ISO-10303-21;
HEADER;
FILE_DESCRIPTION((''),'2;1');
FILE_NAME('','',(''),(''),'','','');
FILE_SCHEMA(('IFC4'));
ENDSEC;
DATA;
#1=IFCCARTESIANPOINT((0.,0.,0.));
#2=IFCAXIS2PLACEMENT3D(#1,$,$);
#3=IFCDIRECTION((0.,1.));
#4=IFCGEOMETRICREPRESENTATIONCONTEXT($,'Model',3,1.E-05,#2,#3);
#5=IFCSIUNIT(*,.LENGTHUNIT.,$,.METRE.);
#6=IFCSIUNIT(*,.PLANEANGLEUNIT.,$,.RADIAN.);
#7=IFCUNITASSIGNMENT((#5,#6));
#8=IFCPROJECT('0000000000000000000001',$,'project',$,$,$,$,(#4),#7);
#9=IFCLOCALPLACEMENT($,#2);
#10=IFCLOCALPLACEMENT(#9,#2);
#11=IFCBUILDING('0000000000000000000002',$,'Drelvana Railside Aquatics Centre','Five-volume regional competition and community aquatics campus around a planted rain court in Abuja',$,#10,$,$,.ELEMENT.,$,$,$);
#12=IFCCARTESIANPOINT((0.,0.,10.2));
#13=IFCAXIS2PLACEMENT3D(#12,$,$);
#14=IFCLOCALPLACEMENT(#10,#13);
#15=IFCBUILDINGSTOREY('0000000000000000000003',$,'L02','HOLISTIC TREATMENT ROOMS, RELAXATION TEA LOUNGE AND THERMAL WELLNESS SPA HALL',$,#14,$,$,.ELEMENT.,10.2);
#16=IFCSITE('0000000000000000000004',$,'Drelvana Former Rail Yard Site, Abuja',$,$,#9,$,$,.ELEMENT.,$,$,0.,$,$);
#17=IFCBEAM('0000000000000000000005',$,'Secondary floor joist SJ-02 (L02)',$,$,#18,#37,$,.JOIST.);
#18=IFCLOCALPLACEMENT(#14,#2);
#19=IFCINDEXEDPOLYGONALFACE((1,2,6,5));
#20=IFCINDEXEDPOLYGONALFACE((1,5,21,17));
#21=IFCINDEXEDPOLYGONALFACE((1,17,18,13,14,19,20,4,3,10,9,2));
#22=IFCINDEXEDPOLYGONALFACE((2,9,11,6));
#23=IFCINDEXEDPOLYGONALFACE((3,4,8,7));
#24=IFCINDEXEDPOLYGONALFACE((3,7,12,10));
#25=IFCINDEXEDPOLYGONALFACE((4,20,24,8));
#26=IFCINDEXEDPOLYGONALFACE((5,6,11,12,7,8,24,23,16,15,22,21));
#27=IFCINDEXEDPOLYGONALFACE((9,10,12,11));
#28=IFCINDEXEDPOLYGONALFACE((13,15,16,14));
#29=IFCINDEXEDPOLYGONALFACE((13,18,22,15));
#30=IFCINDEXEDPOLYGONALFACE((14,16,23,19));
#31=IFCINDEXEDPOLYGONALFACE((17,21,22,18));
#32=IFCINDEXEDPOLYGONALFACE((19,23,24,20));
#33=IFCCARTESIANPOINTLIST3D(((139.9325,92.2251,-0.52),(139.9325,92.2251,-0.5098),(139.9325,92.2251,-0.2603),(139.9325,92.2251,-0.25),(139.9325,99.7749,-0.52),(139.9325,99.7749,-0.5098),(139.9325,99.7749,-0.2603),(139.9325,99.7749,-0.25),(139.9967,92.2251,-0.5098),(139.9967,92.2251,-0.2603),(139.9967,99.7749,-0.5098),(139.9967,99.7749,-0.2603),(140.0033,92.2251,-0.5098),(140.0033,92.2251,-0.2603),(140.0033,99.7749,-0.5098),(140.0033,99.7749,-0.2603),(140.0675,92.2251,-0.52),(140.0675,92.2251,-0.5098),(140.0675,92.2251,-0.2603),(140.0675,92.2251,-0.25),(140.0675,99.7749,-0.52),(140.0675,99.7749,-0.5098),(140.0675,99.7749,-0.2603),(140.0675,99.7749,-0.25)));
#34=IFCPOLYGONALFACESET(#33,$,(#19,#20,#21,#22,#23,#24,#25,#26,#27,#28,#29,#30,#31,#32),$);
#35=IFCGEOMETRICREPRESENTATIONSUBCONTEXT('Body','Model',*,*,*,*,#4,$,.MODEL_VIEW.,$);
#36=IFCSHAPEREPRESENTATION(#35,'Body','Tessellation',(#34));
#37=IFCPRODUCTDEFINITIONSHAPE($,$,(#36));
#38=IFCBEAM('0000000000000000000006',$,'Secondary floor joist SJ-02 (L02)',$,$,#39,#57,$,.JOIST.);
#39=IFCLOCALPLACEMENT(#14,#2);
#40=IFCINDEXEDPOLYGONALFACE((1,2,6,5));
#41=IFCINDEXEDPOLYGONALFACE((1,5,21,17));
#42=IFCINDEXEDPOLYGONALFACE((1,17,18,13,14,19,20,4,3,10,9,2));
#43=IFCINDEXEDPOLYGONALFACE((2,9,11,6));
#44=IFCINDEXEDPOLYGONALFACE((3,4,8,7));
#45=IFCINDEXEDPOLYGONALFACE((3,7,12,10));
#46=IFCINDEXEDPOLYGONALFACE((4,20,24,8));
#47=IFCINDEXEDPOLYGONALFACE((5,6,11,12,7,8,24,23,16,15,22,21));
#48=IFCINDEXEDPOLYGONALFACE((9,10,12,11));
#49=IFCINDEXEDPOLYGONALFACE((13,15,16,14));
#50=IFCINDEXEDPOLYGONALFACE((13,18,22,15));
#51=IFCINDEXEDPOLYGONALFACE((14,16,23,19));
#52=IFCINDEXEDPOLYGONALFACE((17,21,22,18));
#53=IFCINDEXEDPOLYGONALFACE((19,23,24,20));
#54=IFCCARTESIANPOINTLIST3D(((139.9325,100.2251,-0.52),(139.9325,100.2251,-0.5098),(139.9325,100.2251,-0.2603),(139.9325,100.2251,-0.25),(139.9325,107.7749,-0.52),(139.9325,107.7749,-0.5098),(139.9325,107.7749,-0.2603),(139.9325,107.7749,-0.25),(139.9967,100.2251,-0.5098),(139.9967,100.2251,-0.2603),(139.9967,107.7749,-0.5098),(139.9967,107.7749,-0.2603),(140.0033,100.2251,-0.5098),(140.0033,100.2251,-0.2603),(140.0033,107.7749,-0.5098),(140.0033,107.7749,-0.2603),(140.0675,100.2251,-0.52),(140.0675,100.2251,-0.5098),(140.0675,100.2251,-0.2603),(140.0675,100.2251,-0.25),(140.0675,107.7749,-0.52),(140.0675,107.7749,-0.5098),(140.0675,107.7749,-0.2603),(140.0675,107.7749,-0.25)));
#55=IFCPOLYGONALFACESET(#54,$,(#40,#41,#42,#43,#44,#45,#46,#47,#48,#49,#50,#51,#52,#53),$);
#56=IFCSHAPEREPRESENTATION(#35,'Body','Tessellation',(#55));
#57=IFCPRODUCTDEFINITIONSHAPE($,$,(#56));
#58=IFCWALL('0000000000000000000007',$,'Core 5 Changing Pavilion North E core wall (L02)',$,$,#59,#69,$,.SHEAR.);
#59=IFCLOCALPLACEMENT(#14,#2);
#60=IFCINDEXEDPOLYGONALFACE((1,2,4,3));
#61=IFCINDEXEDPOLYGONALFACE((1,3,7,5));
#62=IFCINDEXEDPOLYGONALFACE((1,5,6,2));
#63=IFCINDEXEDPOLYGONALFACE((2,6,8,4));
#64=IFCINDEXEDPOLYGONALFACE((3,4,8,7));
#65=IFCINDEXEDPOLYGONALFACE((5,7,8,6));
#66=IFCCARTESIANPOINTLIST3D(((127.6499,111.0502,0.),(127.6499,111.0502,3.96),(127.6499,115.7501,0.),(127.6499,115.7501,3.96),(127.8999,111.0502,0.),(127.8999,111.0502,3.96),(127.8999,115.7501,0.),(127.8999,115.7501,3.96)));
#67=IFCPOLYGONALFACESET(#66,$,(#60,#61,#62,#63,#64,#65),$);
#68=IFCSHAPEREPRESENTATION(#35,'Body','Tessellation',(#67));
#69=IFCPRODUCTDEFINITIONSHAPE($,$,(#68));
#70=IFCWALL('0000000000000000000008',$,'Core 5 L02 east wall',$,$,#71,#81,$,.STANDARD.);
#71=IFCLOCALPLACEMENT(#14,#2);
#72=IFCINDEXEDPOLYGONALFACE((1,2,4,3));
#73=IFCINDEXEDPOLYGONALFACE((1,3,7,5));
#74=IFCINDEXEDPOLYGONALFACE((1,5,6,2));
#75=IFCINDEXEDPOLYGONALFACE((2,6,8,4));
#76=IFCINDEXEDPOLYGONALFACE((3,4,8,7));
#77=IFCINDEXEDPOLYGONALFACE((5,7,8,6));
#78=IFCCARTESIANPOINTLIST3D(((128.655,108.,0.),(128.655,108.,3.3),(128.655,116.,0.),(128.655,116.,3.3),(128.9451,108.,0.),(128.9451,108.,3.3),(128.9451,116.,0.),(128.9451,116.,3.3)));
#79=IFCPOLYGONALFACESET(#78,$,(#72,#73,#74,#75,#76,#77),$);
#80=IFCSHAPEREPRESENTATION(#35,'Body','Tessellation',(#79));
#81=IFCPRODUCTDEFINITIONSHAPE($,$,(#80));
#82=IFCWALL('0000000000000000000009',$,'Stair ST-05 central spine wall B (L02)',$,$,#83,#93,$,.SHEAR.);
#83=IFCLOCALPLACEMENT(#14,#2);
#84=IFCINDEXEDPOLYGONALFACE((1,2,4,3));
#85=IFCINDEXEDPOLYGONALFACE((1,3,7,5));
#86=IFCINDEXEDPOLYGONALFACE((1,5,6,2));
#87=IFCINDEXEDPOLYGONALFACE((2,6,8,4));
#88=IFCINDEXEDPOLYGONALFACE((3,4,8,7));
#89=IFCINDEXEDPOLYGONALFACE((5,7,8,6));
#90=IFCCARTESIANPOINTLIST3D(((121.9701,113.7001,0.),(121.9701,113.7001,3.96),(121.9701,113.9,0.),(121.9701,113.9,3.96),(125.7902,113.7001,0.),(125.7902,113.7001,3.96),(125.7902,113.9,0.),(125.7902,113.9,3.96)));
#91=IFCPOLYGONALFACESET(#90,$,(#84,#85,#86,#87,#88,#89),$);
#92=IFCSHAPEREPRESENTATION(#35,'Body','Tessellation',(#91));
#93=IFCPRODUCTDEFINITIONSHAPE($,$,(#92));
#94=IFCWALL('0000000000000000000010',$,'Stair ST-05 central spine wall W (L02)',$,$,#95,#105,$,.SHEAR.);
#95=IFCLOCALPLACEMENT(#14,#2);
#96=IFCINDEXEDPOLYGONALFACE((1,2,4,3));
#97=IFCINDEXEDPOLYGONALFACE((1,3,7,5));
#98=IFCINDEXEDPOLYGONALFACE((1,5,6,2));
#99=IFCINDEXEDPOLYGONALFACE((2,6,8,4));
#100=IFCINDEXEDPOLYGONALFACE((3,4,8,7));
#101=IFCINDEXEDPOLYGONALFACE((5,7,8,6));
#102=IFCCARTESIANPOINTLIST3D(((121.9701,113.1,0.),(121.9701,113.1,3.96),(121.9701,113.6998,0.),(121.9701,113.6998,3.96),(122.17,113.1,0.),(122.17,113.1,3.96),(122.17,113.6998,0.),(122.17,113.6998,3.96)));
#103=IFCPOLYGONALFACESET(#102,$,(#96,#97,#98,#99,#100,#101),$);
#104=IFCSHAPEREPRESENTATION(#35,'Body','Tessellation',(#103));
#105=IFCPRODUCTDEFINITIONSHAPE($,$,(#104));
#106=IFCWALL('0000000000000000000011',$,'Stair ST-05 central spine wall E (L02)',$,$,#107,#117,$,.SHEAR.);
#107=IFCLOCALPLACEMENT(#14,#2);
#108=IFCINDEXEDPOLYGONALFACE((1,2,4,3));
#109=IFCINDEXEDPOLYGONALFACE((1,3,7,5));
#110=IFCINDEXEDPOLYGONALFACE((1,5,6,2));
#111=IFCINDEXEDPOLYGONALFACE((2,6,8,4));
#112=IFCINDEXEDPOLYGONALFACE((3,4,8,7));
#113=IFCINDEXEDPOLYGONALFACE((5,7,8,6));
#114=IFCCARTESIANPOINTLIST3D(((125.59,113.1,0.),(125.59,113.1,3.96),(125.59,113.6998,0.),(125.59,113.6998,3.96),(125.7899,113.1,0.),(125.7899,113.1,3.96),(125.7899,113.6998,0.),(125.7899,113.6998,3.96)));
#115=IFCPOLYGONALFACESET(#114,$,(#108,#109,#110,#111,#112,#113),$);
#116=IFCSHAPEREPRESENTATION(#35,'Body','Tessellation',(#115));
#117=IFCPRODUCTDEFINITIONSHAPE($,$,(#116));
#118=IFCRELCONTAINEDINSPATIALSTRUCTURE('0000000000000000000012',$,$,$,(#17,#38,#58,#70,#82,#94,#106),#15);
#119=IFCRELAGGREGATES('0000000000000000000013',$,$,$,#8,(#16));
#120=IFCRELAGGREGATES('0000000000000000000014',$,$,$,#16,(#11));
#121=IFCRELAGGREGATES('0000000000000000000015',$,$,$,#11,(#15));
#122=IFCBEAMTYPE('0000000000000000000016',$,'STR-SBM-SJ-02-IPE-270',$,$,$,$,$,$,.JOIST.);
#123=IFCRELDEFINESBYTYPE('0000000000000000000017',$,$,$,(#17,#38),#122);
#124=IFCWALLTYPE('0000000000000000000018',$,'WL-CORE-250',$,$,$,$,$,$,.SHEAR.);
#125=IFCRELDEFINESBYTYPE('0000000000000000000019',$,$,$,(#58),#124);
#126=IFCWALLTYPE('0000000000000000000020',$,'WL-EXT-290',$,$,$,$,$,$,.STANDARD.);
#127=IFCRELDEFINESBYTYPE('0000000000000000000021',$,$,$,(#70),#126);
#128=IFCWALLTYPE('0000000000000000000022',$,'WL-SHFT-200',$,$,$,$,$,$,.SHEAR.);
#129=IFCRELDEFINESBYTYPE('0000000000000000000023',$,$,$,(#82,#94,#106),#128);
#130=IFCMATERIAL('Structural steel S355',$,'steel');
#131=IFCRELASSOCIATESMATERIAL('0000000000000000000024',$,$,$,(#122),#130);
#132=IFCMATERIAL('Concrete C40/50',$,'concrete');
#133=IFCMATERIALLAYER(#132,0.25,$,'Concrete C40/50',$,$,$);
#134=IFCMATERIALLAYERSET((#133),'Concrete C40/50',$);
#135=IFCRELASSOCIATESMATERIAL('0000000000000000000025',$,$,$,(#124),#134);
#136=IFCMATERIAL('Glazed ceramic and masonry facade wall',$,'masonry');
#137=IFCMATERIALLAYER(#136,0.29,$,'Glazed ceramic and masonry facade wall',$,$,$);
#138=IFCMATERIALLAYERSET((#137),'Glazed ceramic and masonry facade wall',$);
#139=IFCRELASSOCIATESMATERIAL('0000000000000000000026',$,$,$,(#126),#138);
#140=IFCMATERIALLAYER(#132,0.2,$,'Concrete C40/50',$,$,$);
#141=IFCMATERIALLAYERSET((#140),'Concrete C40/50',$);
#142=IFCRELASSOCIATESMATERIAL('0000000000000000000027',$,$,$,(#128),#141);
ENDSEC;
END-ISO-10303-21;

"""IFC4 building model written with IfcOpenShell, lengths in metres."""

from ifc_helpers import new_model, si_unit, direction, frame, frame_2d, origin, origin_2d, place, context, subcontext, project, spatial, rectangle, i_section, extrude, material, layer, layer_set, material_profile, profile_set, type_object, element, save


model = new_model("IFC4")

# Units and contexts
model_context = context("Model", 3, precision=1e-05, world=origin(), true_north=direction((0.0, 1.0)))
body_context = subcontext(model_context, "Body", "Model", "MODEL_VIEW")
ifc_project = project(units=[si_unit("LENGTHUNIT", "METRE"), si_unit("PLANEANGLEUNIT", "RADIAN")], contexts=[model_context])

# Site, building, storey
site_placement = place(None, origin())
site = spatial("IfcSite", under=ifc_project, at=site_placement, Name="Drelvana Former Rail Yard Site, Abuja", CompositionType="ELEMENT", RefElevation=0.0)
building_placement = place(site_placement, origin())
building = spatial("IfcBuilding", under=site, at=building_placement, Name="Drelvana Railside Aquatics Centre", Description="Five-volume regional competition and community aquatics campus around a planted rain court in Abuja", CompositionType="ELEMENT")
storey_placement = place(building_placement, frame((0.0, 0.0, 10.2)))
storey = spatial("IfcBuildingStorey", under=building, at=storey_placement, Name="L02", Description="HOLISTIC TREATMENT ROOMS, RELAXATION TEA LOUNGE AND THERMAL WELLNESS SPA HALL", CompositionType="ELEMENT", Elevation=10.2)

# Beams
ifc_material_1 = material(Name="Concrete C40/50", Category="concrete")
ifc_material_2 = material(Name="Structural steel S355", Category="steel")
ifc_material_profile_1 = material_profile(ifc_material_2, i_section(OverallWidth=0.135, OverallDepth=0.27, WebThickness=0.0066, FlangeThickness=0.0103, at=origin_2d()), Name="IPE 270")
ifc_profile_set_1 = profile_set([ifc_material_profile_1], Name="Structural steel S355")
beam_type_1 = type_object("IfcBeamType", Name="STR-SBM-SJ-02-IPE-270", PredefinedType="JOIST", material=ifc_profile_set_1)
for number, where, z_axis, x_axis, name in (
    (1, (140.0, 92.2251, -0.385), (0.0, 1.0, 0.0), (-1.0, 0.0, 0.0), "Secondary floor joist SJ-02 (L02)"),
    (2, (140.0, 100.2251, -0.385), (0.0, 1.0, 0.0), (-1.0, 0.0, 0.0), "Secondary floor joist SJ-02 (L02)"),
):
    element("IfcBeam", number, at=place(storey_placement, frame(where, z_axis=z_axis, x_axis=x_axis)), inside=storey, type_object=beam_type_1, Name=name, PredefinedType="JOIST", context=body_context, shape_type="SweptSolid", body=[
        extrude(i_section(OverallWidth=0.135, OverallDepth=0.27, WebThickness=0.0066, FlangeThickness=0.0103, at=origin_2d()), origin(), (0.0, 0.0, 1.0), 7.5498),
    ])

# Walls
ifc_layer_1 = layer(ifc_material_1, 0.25, Name="Concrete C40/50")
ifc_layer_set_1 = layer_set([ifc_layer_1], Name="Concrete C40/50")
wall_type_1 = type_object("IfcWallType", Name="WL-CORE-250", PredefinedType="SHEAR", material=ifc_layer_set_1)
wall_1_placement = place(storey_placement, frame((127.7749, 111.05, 0.0), z_axis=(0.0, 0.0, 1.0), x_axis=(0.0, 1.0, 0.0)))
element("IfcWall", 3, at=wall_1_placement, inside=storey, type_object=wall_type_1, Name="Core 5 Changing Pavilion North E core wall (L02)", PredefinedType="SHEAR", context=body_context, shape_type="SweptSolid", body=[
    extrude(rectangle(XDim=4.7, YDim=0.25, at=frame_2d((2.3501, 0.0))), origin(), (0.0, 0.0, 1.0), 3.96),
])
ifc_material_3 = material(Name="Glazed ceramic and masonry facade wall", Category="masonry")
ifc_layer_2 = layer(ifc_material_3, 0.29, Name="Glazed ceramic and masonry facade wall")
ifc_layer_set_2 = layer_set([ifc_layer_2], Name="Glazed ceramic and masonry facade wall")
wall_type_2 = type_object("IfcWallType", Name="WL-EXT-290", PredefinedType="STANDARD", material=ifc_layer_set_2)
wall_2_placement = place(storey_placement, frame((128.8, 108.0, 0.0), z_axis=(0.0, 0.0, 1.0), x_axis=(0.0, 1.0, 0.0)))
element("IfcWall", 4, at=wall_2_placement, inside=storey, type_object=wall_type_2, Name="Core 5 L02 east wall", PredefinedType="STANDARD", context=body_context, shape_type="SweptSolid", body=[
    extrude(rectangle(XDim=8.0, YDim=0.29, at=frame_2d((4.0, 0.0))), origin(), (0.0, 0.0, 1.0), 3.3),
])
ifc_layer_3 = layer(ifc_material_1, 0.2, Name="Concrete C40/50")
ifc_layer_set_3 = layer_set([ifc_layer_3], Name="Concrete C40/50")
wall_type_3 = type_object("IfcWallType", Name="WL-SHFT-200", PredefinedType="SHEAR", material=ifc_layer_set_3)
wall_3_placement = place(storey_placement, frame((121.97, 113.8, 0.0), z_axis=(0.0, 0.0, 1.0), x_axis=(1.0, 0.0, 0.0)))
element("IfcWall", 5, at=wall_3_placement, inside=storey, type_object=wall_type_3, Name="Stair ST-05 central spine wall B (L02)", PredefinedType="SHEAR", context=body_context, shape_type="SweptSolid", body=[
    extrude(rectangle(XDim=3.8201, YDim=0.2, at=frame_2d((1.9102, 0.0))), origin(), (0.0, 0.0, 1.0), 3.96),
])
for number, where, z_axis, x_axis, name in (
    (6, (122.0701, 113.1001, 0.0), (0.0, 0.0, 1.0), (0.0, 1.0, 0.0), "Stair ST-05 central spine wall W (L02)"),
    (7, (125.6899, 113.1001, 0.0), (0.0, 0.0, 1.0), (0.0, 1.0, 0.0), "Stair ST-05 central spine wall E (L02)"),
):
    element("IfcWall", number, at=place(storey_placement, frame(where, z_axis=z_axis, x_axis=x_axis)), inside=storey, type_object=wall_type_3, Name=name, PredefinedType="SHEAR", context=body_context, shape_type="SweptSolid", body=[
        extrude(rectangle(XDim=0.5999, YDim=0.2, at=frame_2d((0.2998, 0.0))), origin(), (0.0, 0.0, 1.0), 3.96),
    ])

save(model, "model.ifc")
